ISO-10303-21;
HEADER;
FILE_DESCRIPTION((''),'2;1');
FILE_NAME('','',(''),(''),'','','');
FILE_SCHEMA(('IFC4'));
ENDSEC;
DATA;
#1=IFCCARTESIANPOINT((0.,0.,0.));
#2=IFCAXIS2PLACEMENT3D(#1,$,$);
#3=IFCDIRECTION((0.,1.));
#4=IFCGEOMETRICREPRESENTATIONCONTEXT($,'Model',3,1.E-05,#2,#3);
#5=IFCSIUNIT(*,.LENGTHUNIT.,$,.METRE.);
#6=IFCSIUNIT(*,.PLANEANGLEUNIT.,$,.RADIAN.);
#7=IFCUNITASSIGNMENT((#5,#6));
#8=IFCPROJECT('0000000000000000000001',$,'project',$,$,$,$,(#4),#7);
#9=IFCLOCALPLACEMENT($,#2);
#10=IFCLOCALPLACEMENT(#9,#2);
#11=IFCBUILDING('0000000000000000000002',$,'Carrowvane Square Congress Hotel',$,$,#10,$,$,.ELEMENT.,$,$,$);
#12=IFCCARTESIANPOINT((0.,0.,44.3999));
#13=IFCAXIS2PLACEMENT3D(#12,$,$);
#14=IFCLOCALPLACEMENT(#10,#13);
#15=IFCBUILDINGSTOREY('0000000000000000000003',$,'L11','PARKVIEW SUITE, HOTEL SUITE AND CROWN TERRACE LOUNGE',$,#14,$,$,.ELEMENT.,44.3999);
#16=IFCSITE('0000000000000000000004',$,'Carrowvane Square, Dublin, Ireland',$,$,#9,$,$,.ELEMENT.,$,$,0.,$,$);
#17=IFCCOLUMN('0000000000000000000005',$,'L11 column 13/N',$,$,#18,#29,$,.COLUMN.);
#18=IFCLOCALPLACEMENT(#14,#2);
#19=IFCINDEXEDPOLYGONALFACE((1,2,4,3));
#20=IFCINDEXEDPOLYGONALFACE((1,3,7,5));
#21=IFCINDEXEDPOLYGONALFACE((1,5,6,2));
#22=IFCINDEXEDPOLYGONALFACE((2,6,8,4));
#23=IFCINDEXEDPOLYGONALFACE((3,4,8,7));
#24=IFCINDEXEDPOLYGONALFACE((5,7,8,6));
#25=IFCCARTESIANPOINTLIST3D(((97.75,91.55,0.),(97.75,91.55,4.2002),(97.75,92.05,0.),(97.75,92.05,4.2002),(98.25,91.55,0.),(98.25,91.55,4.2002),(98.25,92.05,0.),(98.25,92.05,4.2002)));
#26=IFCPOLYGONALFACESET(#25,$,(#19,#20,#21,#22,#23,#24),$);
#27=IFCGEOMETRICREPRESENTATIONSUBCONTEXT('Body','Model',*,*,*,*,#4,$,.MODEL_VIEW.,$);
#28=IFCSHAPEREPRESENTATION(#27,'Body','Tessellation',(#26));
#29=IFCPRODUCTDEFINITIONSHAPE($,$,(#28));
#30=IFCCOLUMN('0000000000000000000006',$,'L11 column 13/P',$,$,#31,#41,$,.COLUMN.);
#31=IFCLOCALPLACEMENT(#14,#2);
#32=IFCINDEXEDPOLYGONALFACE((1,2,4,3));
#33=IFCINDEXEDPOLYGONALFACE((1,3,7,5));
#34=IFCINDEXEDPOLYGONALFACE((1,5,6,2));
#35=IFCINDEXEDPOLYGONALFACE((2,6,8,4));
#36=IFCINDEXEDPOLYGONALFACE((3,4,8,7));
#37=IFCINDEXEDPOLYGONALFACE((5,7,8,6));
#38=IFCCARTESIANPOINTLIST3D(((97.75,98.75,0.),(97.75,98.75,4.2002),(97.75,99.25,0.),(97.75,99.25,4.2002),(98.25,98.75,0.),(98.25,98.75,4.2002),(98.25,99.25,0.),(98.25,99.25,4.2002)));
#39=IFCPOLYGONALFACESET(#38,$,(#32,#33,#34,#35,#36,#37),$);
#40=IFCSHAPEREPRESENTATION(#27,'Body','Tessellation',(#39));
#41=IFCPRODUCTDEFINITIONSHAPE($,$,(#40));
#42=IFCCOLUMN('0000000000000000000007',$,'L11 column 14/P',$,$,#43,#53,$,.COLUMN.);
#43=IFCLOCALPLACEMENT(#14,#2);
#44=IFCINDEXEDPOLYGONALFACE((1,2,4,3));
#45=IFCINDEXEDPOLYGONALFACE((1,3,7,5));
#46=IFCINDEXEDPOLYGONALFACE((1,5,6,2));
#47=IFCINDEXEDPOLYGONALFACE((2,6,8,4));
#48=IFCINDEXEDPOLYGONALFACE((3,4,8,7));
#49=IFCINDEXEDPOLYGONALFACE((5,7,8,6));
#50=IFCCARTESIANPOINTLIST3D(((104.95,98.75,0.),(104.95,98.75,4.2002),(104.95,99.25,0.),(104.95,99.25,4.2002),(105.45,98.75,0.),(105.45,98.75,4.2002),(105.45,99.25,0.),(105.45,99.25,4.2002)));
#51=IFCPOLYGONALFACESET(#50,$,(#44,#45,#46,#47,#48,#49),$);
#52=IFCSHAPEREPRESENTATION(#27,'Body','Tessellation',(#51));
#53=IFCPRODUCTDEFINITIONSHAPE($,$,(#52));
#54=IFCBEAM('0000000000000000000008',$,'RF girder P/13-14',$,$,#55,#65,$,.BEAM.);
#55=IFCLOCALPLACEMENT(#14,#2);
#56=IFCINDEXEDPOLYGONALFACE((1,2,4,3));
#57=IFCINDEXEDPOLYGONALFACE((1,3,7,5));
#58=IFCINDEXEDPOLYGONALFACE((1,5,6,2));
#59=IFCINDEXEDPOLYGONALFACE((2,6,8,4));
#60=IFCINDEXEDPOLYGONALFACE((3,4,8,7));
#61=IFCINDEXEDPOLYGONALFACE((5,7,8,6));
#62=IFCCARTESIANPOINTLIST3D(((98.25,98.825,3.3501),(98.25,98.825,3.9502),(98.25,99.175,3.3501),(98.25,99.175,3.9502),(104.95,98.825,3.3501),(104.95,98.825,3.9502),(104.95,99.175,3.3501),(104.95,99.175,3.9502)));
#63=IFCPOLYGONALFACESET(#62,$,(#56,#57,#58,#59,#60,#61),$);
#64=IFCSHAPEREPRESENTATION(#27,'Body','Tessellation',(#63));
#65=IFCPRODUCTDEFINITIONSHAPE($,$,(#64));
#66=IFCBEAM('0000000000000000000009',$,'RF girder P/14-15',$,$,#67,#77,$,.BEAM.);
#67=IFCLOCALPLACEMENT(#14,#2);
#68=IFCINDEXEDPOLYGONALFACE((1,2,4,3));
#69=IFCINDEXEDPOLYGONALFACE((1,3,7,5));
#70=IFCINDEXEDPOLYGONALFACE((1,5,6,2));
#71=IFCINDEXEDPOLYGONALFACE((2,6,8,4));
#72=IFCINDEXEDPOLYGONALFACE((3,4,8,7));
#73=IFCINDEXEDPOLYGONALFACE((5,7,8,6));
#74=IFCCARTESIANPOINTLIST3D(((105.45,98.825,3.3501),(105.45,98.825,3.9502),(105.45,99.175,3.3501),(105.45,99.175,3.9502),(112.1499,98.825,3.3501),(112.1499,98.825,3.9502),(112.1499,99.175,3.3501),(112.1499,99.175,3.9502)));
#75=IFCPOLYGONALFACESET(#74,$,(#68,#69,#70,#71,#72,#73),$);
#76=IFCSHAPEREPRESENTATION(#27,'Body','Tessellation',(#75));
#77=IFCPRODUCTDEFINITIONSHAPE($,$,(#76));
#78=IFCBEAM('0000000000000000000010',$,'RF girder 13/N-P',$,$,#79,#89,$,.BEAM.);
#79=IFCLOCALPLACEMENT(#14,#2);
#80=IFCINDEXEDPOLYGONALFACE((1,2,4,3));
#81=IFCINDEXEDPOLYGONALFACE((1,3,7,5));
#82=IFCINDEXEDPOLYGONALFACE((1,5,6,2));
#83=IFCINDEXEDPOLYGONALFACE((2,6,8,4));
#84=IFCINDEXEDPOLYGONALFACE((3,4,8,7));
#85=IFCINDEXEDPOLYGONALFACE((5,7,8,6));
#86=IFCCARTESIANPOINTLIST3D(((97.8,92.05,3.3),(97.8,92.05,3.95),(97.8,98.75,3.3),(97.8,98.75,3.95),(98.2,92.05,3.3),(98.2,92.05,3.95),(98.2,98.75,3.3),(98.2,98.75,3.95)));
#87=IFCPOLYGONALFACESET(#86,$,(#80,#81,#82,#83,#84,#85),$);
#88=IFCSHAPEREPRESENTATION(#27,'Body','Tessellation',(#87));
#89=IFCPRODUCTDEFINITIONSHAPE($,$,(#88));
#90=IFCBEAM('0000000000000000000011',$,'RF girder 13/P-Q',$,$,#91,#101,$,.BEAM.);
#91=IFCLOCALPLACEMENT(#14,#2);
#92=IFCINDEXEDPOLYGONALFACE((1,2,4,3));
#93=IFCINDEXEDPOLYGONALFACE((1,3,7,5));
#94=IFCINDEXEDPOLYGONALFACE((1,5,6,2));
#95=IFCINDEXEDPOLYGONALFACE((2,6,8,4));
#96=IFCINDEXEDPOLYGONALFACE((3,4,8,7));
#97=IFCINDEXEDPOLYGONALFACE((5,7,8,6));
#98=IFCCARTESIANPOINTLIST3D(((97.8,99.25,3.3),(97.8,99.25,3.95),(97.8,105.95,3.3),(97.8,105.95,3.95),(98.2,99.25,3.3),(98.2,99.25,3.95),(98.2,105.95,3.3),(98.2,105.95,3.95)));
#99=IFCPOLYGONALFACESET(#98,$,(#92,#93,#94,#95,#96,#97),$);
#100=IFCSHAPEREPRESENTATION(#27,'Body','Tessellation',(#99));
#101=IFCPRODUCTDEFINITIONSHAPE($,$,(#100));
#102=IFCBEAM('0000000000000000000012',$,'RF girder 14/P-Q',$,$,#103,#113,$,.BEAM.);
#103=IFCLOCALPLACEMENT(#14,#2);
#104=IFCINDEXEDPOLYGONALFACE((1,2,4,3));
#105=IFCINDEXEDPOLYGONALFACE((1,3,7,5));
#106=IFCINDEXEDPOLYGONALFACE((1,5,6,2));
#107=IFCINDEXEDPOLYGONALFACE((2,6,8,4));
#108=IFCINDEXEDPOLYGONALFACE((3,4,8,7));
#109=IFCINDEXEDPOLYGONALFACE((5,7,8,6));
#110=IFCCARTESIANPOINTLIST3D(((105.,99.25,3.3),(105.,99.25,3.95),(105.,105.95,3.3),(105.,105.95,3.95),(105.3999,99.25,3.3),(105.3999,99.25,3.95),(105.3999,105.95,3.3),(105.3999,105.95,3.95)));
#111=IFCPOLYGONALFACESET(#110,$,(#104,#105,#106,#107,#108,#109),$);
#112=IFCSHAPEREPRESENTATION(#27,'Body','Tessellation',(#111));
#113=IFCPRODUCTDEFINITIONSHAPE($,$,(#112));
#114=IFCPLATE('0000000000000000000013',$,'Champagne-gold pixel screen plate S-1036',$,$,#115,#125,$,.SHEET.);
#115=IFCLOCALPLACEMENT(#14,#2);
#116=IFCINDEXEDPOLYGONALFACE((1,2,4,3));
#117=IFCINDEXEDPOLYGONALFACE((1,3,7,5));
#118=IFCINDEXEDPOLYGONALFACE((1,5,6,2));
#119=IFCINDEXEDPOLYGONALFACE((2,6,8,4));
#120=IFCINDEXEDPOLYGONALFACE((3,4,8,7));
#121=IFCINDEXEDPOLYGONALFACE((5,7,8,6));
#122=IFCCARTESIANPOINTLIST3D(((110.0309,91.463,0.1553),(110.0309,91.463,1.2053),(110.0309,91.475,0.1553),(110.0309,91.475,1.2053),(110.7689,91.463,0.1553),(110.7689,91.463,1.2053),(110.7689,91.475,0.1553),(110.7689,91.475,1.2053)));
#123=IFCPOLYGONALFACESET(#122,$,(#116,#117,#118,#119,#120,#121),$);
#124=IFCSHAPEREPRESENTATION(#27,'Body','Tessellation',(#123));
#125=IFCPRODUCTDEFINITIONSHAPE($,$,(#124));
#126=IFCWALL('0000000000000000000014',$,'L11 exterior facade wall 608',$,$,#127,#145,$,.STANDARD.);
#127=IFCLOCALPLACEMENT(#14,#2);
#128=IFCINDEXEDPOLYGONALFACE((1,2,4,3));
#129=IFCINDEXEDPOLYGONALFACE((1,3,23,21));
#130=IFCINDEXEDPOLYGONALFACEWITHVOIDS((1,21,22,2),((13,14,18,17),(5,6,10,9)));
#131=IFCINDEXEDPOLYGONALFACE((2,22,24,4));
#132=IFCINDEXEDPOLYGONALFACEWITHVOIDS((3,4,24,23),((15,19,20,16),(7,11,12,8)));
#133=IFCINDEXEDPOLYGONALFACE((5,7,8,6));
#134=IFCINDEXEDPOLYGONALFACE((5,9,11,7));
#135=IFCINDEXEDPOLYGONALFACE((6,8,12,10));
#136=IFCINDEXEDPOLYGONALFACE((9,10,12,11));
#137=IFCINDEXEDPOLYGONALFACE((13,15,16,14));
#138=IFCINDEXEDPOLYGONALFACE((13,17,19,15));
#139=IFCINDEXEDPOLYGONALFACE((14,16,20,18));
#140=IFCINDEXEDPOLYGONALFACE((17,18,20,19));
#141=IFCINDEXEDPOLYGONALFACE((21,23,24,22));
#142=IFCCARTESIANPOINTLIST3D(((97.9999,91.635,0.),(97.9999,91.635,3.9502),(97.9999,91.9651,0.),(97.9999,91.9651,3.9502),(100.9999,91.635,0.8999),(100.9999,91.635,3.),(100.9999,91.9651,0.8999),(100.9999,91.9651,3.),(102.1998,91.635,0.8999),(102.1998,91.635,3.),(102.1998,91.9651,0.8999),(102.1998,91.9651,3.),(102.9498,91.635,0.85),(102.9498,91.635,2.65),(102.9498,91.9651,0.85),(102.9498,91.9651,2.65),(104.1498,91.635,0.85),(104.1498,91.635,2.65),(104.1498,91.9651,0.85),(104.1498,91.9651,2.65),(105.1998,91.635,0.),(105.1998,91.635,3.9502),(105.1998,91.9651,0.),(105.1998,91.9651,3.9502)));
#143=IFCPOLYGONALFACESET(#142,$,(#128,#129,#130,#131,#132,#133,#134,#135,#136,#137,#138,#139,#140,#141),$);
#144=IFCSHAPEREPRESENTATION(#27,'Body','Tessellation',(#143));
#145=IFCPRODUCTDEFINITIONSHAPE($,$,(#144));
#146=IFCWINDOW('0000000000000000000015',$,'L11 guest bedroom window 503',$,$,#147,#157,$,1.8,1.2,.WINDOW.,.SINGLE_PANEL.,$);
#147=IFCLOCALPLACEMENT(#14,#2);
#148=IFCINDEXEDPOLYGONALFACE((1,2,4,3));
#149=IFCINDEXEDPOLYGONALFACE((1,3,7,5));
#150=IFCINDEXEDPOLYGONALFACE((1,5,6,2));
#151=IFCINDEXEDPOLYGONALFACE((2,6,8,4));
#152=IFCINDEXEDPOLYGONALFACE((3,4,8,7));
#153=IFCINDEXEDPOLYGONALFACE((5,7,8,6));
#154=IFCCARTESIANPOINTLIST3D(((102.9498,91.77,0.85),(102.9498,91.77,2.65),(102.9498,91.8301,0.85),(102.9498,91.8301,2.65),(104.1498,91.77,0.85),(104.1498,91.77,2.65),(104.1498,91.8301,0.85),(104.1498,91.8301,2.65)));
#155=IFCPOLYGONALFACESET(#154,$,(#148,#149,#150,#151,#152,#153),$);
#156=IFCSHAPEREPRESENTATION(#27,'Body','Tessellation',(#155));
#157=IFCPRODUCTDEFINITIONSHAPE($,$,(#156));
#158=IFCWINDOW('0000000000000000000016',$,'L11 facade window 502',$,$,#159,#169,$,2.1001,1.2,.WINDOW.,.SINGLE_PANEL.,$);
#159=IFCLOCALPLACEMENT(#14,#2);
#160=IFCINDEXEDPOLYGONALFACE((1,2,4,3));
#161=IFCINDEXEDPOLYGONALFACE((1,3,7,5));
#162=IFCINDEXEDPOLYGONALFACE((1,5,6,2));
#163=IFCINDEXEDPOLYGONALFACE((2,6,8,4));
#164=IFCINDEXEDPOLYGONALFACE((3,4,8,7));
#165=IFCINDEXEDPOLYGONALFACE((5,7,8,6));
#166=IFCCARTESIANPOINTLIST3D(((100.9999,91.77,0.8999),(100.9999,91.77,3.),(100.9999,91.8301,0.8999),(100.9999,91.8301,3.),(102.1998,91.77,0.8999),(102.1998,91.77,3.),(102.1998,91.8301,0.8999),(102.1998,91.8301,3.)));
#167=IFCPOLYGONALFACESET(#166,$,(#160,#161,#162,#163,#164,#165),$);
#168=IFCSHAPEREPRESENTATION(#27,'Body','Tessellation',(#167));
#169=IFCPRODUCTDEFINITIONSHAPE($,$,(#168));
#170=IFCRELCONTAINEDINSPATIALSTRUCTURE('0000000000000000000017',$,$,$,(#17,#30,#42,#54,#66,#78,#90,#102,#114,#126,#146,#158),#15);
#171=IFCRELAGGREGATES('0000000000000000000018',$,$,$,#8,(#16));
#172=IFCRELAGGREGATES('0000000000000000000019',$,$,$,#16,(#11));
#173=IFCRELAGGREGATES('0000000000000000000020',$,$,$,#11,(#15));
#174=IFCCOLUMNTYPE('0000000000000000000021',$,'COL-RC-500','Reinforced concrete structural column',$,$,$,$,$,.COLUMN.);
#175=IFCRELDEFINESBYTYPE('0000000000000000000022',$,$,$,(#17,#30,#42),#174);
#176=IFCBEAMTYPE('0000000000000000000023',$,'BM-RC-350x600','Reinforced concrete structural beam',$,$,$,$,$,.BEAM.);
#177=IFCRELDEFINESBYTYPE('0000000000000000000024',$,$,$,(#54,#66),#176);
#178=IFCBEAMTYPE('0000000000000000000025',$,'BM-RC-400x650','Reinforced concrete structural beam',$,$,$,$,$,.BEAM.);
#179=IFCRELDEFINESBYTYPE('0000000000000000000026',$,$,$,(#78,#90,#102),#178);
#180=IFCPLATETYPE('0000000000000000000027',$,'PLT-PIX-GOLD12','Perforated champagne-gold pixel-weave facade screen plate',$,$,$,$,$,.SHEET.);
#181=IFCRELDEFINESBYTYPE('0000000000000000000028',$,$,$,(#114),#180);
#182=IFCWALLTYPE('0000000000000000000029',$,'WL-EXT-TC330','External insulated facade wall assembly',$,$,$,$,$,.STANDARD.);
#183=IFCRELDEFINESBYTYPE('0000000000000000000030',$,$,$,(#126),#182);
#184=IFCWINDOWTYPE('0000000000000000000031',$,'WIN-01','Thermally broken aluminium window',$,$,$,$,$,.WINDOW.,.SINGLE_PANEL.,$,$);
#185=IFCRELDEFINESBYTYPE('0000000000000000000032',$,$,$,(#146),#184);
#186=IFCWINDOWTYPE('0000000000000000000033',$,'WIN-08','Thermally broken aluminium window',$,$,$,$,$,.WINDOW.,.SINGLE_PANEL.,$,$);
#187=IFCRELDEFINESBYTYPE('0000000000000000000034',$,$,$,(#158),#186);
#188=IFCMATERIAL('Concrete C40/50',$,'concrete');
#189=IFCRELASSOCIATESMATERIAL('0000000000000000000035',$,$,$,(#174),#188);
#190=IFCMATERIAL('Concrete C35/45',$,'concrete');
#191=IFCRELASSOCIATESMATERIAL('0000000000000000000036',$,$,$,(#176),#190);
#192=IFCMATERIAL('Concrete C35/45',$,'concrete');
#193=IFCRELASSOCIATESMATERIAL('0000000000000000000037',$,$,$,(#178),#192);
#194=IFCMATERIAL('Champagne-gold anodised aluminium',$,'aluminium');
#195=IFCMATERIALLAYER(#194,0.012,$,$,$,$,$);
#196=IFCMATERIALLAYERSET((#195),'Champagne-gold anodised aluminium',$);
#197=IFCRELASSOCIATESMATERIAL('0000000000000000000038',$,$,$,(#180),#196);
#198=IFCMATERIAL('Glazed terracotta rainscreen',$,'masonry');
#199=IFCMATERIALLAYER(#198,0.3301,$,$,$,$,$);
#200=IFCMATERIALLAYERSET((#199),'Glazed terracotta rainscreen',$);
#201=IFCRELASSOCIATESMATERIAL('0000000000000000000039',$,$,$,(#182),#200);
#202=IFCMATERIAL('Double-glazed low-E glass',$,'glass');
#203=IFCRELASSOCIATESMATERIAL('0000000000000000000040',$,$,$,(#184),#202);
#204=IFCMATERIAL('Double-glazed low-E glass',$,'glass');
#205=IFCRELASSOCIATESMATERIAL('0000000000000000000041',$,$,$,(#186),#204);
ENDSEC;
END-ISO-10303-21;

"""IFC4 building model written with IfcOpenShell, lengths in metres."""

from ifc_helpers import new_model, si_unit, direction, frame, frame_2d, origin, origin_2d, place, context, subcontext, project, spatial, rectangle, extrude, material, layer, layer_set, material_profile, profile_set, type_object, element, fill, save


model = new_model("IFC4")

# Units and contexts
model_context = context("Model", 3, precision=1e-05, world=origin(), true_north=direction((0.0, 1.0)))
body_context = subcontext(model_context, "Body", "Model", "MODEL_VIEW")
ifc_project = project(units=[si_unit("LENGTHUNIT", "METRE"), si_unit("PLANEANGLEUNIT", "RADIAN")], contexts=[model_context])

# Site, building, storey
site_placement = place(None, origin())
site = spatial("IfcSite", under=ifc_project, at=site_placement, Name="Carrowvane Square, Dublin, Ireland", CompositionType="ELEMENT", RefElevation=0.0)
building_placement = place(site_placement, origin())
building = spatial("IfcBuilding", under=site, at=building_placement, Name="Carrowvane Square Congress Hotel", CompositionType="ELEMENT")
storey_placement = place(building_placement, frame((0.0, 0.0, 44.3999)))
storey = spatial("IfcBuildingStorey", under=building, at=storey_placement, Name="L11", Description="PARKVIEW SUITE, HOTEL SUITE AND CROWN TERRACE LOUNGE", CompositionType="ELEMENT", Elevation=44.3999)

# Columns
ifc_material_1 = material(Name="Concrete C40/50", Category="concrete")
ifc_material_profile_1 = material_profile(ifc_material_1, rectangle(XDim=0.5, YDim=0.5, at=origin_2d()), Name="RC 500x500")
ifc_profile_set_1 = profile_set([ifc_material_profile_1], Name="Concrete C40/50")
column_type = type_object("IfcColumnType", Name="COL-RC-500", Description="Reinforced concrete structural column", PredefinedType="COLUMN", material=ifc_profile_set_1)
for number, where, z_axis, x_axis, name in (
    (1, (98.0, 91.8, 0.0), (0.0, 0.0, 1.0), (1.0, 0.0, 0.0), "L11 column 13/N"),
    (2, (98.0, 99.0, 0.0), (0.0, 0.0, 1.0), (1.0, 0.0, 0.0), "L11 column 13/P"),
    (3, (105.2, 99.0, 0.0), (0.0, 0.0, 1.0), (1.0, 0.0, 0.0), "L11 column 14/P"),
):
    element("IfcColumn", number, at=place(storey_placement, frame(where, z_axis=z_axis, x_axis=x_axis)), inside=storey, type_object=column_type, Name=name, PredefinedType="COLUMN", context=body_context, shape_type="SweptSolid", body=[
        extrude(rectangle(XDim=0.5, YDim=0.5, at=origin_2d()), origin(), (0.0, 0.0, 1.0), 4.2002),
    ])

# Beams
ifc_material_2 = material(Name="Concrete C35/45", Category="concrete")
ifc_material_profile_2 = material_profile(ifc_material_2, rectangle(XDim=0.3501, YDim=0.6001, at=origin_2d()), Name="RC 350x600")
ifc_profile_set_2 = profile_set([ifc_material_profile_2], Name="Concrete C35/45")
beam_type_1 = type_object("IfcBeamType", Name="BM-RC-350x600", Description="Reinforced concrete structural beam", PredefinedType="BEAM", material=ifc_profile_set_2)
for number, where, z_axis, x_axis, name in (
    (4, (98.25, 99.0, 3.6501), (1.0, 0.0, 0.0), (0.0, 1.0, 0.0), "RF girder P/13-14"),
    (5, (105.45, 99.0, 3.6501), (1.0, 0.0, 0.0), (0.0, 1.0, 0.0), "RF girder P/14-15"),
):
    element("IfcBeam", number, at=place(storey_placement, frame(where, z_axis=z_axis, x_axis=x_axis)), inside=storey, type_object=beam_type_1, Name=name, PredefinedType="BEAM", context=body_context, shape_type="SweptSolid", body=[
        extrude(rectangle(XDim=0.3501, YDim=0.6001, at=origin_2d()), origin(), (0.0, 0.0, 1.0), 6.7),
    ])
ifc_material_3 = material(Name="Concrete C35/45", Category="concrete")
ifc_material_profile_3 = material_profile(ifc_material_3, rectangle(XDim=0.3999, YDim=0.6499, at=origin_2d()), Name="RC 400x650")
ifc_profile_set_3 = profile_set([ifc_material_profile_3], Name="Concrete C35/45")
beam_type_2 = type_object("IfcBeamType", Name="BM-RC-400x650", Description="Reinforced concrete structural beam", PredefinedType="BEAM", material=ifc_profile_set_3)
for number, where, z_axis, x_axis, name in (
    (6, (98.0, 92.05, 3.625), (0.0, 1.0, 0.0), (-1.0, 0.0, 0.0), "RF girder 13/N-P"),
    (7, (98.0, 99.25, 3.625), (0.0, 1.0, 0.0), (-1.0, 0.0, 0.0), "RF girder 13/P-Q"),
    (8, (105.2, 99.25, 3.625), (0.0, 1.0, 0.0), (-1.0, 0.0, 0.0), "RF girder 14/P-Q"),
):
    element("IfcBeam", number, at=place(storey_placement, frame(where, z_axis=z_axis, x_axis=x_axis)), inside=storey, type_object=beam_type_2, Name=name, PredefinedType="BEAM", context=body_context, shape_type="SweptSolid", body=[
        extrude(rectangle(XDim=0.3999, YDim=0.6499, at=origin_2d()), origin(), (0.0, 0.0, 1.0), 6.7),
    ])

# Plate
ifc_material_4 = material(Name="Champagne-gold anodised aluminium", Category="aluminium")
ifc_layer_1 = layer(ifc_material_4, 0.012)
ifc_layer_set_1 = layer_set([ifc_layer_1], Name="Champagne-gold anodised aluminium")
plate_type = type_object("IfcPlateType", Name="PLT-PIX-GOLD12", Description="Perforated champagne-gold pixel-weave facade screen plate", PredefinedType="SHEET", material=ifc_layer_set_1)
plate_placement = place(storey_placement, frame((110.3999, 91.469, 0.1553), z_axis=(0.0, 0.0, 1.0), x_axis=(-1.0, 0.0, 0.0)))
element("IfcPlate", 9, at=plate_placement, inside=storey, type_object=plate_type, Name="Champagne-gold pixel screen plate S-1036", PredefinedType="SHEET", context=body_context, shape_type="SweptSolid", body=[
    extrude(rectangle(XDim=0.738, YDim=0.012, at=origin_2d()), origin(), (0.0, 0.0, 1.0), 1.05),
])

# Wall, openings, windows
ifc_material_5 = material(Name="Glazed terracotta rainscreen", Category="masonry")
ifc_layer_2 = layer(ifc_material_5, 0.3301)
ifc_layer_set_2 = layer_set([ifc_layer_2], Name="Glazed terracotta rainscreen")
wall_type_1 = type_object("IfcWallType", Name="WL-EXT-TC330", Description="External insulated facade wall assembly", PredefinedType="STANDARD", material=ifc_layer_set_2)
wall_1_placement = place(storey_placement, frame((105.2, 91.8, 0.0), z_axis=(0.0, 0.0, 1.0), x_axis=(-1.0, 0.0, 0.0)))
wall_1 = element("IfcWall", 10, at=wall_1_placement, inside=storey, type_object=wall_type_1, Name="L11 exterior facade wall 608", PredefinedType="STANDARD", context=body_context, shape_type="SweptSolid", body=[
    extrude(rectangle(XDim=7.2, YDim=0.3301, at=frame_2d((3.6001, 0.0))), origin(), (0.0, 0.0, 1.0), 3.9502),
])
opening_1_placement = place(wall_1_placement, frame((3.0, 0.0, 0.8999)))
opening_1 = element("IfcOpeningElement", 11, at=opening_1_placement, cuts=wall_1, PredefinedType="OPENING", context=body_context, shape_type="SweptSolid", body=[
    extrude(rectangle(XDim=1.2, YDim=2.1001, at=frame_2d((0.6001, 1.05))), frame((0.0, 0.175, 0.0), z_axis=(0.0, -1.0, 0.0), x_axis=(1.0, 0.0, 0.0)), (0.0, 0.0, 1.0), 0.3501),
])
opening_2_placement = place(wall_1_placement, frame((1.05, 0.0, 0.8501)))
opening_2 = element("IfcOpeningElement", 12, at=opening_2_placement, cuts=wall_1, PredefinedType="OPENING", context=body_context, shape_type="SweptSolid", body=[
    extrude(rectangle(XDim=1.2, YDim=1.8, at=frame_2d((0.6001, 0.8999))), frame((0.0, 0.175, 0.0), z_axis=(0.0, -1.0, 0.0), x_axis=(1.0, 0.0, 0.0)), (0.0, 0.0, 1.0), 0.3501),
])
ifc_material_6 = material(Name="Double-glazed low-E glass", Category="glass")
window_type_1 = type_object("IfcWindowType", Name="WIN-01", Description="Thermally broken aluminium window", PartitioningType="SINGLE_PANEL", PredefinedType="WINDOW", material=ifc_material_6)
window_1_placement = place(opening_2_placement, origin())
window_1 = element("IfcWindow", 13, at=window_1_placement, inside=storey, type_object=window_type_1, Name="L11 guest bedroom window 503", OverallHeight=1.8, OverallWidth=1.2, PartitioningType="SINGLE_PANEL", PredefinedType="WINDOW", context=body_context, shape_type="SweptSolid", body=[
    extrude(rectangle(XDim=1.2, YDim=1.8, at=frame_2d((0.6001, 0.8999))), frame((0.0, 0.03, 0.0), z_axis=(0.0, -1.0, 0.0), x_axis=(1.0, 0.0, 0.0)), (0.0, 0.0, 1.0), 0.0601),
])
fill(opening_2, window_1)
ifc_material_7 = material(Name="Double-glazed low-E glass", Category="glass")
window_type_2 = type_object("IfcWindowType", Name="WIN-08", Description="Thermally broken aluminium window", PartitioningType="SINGLE_PANEL", PredefinedType="WINDOW", material=ifc_material_7)
window_2_placement = place(opening_1_placement, origin())
window_2 = element("IfcWindow", 14, at=window_2_placement, inside=storey, type_object=window_type_2, Name="L11 facade window 502", OverallHeight=2.1001, OverallWidth=1.2, PartitioningType="SINGLE_PANEL", PredefinedType="WINDOW", context=body_context, shape_type="SweptSolid", body=[
    extrude(rectangle(XDim=1.2, YDim=2.1001, at=frame_2d((0.6001, 1.05))), frame((0.0, 0.03, 0.0), z_axis=(0.0, -1.0, 0.0), x_axis=(1.0, 0.0, 0.0)), (0.0, 0.0, 1.0), 0.0601),
])
fill(opening_1, window_2)

save(model, "model.ifc")
